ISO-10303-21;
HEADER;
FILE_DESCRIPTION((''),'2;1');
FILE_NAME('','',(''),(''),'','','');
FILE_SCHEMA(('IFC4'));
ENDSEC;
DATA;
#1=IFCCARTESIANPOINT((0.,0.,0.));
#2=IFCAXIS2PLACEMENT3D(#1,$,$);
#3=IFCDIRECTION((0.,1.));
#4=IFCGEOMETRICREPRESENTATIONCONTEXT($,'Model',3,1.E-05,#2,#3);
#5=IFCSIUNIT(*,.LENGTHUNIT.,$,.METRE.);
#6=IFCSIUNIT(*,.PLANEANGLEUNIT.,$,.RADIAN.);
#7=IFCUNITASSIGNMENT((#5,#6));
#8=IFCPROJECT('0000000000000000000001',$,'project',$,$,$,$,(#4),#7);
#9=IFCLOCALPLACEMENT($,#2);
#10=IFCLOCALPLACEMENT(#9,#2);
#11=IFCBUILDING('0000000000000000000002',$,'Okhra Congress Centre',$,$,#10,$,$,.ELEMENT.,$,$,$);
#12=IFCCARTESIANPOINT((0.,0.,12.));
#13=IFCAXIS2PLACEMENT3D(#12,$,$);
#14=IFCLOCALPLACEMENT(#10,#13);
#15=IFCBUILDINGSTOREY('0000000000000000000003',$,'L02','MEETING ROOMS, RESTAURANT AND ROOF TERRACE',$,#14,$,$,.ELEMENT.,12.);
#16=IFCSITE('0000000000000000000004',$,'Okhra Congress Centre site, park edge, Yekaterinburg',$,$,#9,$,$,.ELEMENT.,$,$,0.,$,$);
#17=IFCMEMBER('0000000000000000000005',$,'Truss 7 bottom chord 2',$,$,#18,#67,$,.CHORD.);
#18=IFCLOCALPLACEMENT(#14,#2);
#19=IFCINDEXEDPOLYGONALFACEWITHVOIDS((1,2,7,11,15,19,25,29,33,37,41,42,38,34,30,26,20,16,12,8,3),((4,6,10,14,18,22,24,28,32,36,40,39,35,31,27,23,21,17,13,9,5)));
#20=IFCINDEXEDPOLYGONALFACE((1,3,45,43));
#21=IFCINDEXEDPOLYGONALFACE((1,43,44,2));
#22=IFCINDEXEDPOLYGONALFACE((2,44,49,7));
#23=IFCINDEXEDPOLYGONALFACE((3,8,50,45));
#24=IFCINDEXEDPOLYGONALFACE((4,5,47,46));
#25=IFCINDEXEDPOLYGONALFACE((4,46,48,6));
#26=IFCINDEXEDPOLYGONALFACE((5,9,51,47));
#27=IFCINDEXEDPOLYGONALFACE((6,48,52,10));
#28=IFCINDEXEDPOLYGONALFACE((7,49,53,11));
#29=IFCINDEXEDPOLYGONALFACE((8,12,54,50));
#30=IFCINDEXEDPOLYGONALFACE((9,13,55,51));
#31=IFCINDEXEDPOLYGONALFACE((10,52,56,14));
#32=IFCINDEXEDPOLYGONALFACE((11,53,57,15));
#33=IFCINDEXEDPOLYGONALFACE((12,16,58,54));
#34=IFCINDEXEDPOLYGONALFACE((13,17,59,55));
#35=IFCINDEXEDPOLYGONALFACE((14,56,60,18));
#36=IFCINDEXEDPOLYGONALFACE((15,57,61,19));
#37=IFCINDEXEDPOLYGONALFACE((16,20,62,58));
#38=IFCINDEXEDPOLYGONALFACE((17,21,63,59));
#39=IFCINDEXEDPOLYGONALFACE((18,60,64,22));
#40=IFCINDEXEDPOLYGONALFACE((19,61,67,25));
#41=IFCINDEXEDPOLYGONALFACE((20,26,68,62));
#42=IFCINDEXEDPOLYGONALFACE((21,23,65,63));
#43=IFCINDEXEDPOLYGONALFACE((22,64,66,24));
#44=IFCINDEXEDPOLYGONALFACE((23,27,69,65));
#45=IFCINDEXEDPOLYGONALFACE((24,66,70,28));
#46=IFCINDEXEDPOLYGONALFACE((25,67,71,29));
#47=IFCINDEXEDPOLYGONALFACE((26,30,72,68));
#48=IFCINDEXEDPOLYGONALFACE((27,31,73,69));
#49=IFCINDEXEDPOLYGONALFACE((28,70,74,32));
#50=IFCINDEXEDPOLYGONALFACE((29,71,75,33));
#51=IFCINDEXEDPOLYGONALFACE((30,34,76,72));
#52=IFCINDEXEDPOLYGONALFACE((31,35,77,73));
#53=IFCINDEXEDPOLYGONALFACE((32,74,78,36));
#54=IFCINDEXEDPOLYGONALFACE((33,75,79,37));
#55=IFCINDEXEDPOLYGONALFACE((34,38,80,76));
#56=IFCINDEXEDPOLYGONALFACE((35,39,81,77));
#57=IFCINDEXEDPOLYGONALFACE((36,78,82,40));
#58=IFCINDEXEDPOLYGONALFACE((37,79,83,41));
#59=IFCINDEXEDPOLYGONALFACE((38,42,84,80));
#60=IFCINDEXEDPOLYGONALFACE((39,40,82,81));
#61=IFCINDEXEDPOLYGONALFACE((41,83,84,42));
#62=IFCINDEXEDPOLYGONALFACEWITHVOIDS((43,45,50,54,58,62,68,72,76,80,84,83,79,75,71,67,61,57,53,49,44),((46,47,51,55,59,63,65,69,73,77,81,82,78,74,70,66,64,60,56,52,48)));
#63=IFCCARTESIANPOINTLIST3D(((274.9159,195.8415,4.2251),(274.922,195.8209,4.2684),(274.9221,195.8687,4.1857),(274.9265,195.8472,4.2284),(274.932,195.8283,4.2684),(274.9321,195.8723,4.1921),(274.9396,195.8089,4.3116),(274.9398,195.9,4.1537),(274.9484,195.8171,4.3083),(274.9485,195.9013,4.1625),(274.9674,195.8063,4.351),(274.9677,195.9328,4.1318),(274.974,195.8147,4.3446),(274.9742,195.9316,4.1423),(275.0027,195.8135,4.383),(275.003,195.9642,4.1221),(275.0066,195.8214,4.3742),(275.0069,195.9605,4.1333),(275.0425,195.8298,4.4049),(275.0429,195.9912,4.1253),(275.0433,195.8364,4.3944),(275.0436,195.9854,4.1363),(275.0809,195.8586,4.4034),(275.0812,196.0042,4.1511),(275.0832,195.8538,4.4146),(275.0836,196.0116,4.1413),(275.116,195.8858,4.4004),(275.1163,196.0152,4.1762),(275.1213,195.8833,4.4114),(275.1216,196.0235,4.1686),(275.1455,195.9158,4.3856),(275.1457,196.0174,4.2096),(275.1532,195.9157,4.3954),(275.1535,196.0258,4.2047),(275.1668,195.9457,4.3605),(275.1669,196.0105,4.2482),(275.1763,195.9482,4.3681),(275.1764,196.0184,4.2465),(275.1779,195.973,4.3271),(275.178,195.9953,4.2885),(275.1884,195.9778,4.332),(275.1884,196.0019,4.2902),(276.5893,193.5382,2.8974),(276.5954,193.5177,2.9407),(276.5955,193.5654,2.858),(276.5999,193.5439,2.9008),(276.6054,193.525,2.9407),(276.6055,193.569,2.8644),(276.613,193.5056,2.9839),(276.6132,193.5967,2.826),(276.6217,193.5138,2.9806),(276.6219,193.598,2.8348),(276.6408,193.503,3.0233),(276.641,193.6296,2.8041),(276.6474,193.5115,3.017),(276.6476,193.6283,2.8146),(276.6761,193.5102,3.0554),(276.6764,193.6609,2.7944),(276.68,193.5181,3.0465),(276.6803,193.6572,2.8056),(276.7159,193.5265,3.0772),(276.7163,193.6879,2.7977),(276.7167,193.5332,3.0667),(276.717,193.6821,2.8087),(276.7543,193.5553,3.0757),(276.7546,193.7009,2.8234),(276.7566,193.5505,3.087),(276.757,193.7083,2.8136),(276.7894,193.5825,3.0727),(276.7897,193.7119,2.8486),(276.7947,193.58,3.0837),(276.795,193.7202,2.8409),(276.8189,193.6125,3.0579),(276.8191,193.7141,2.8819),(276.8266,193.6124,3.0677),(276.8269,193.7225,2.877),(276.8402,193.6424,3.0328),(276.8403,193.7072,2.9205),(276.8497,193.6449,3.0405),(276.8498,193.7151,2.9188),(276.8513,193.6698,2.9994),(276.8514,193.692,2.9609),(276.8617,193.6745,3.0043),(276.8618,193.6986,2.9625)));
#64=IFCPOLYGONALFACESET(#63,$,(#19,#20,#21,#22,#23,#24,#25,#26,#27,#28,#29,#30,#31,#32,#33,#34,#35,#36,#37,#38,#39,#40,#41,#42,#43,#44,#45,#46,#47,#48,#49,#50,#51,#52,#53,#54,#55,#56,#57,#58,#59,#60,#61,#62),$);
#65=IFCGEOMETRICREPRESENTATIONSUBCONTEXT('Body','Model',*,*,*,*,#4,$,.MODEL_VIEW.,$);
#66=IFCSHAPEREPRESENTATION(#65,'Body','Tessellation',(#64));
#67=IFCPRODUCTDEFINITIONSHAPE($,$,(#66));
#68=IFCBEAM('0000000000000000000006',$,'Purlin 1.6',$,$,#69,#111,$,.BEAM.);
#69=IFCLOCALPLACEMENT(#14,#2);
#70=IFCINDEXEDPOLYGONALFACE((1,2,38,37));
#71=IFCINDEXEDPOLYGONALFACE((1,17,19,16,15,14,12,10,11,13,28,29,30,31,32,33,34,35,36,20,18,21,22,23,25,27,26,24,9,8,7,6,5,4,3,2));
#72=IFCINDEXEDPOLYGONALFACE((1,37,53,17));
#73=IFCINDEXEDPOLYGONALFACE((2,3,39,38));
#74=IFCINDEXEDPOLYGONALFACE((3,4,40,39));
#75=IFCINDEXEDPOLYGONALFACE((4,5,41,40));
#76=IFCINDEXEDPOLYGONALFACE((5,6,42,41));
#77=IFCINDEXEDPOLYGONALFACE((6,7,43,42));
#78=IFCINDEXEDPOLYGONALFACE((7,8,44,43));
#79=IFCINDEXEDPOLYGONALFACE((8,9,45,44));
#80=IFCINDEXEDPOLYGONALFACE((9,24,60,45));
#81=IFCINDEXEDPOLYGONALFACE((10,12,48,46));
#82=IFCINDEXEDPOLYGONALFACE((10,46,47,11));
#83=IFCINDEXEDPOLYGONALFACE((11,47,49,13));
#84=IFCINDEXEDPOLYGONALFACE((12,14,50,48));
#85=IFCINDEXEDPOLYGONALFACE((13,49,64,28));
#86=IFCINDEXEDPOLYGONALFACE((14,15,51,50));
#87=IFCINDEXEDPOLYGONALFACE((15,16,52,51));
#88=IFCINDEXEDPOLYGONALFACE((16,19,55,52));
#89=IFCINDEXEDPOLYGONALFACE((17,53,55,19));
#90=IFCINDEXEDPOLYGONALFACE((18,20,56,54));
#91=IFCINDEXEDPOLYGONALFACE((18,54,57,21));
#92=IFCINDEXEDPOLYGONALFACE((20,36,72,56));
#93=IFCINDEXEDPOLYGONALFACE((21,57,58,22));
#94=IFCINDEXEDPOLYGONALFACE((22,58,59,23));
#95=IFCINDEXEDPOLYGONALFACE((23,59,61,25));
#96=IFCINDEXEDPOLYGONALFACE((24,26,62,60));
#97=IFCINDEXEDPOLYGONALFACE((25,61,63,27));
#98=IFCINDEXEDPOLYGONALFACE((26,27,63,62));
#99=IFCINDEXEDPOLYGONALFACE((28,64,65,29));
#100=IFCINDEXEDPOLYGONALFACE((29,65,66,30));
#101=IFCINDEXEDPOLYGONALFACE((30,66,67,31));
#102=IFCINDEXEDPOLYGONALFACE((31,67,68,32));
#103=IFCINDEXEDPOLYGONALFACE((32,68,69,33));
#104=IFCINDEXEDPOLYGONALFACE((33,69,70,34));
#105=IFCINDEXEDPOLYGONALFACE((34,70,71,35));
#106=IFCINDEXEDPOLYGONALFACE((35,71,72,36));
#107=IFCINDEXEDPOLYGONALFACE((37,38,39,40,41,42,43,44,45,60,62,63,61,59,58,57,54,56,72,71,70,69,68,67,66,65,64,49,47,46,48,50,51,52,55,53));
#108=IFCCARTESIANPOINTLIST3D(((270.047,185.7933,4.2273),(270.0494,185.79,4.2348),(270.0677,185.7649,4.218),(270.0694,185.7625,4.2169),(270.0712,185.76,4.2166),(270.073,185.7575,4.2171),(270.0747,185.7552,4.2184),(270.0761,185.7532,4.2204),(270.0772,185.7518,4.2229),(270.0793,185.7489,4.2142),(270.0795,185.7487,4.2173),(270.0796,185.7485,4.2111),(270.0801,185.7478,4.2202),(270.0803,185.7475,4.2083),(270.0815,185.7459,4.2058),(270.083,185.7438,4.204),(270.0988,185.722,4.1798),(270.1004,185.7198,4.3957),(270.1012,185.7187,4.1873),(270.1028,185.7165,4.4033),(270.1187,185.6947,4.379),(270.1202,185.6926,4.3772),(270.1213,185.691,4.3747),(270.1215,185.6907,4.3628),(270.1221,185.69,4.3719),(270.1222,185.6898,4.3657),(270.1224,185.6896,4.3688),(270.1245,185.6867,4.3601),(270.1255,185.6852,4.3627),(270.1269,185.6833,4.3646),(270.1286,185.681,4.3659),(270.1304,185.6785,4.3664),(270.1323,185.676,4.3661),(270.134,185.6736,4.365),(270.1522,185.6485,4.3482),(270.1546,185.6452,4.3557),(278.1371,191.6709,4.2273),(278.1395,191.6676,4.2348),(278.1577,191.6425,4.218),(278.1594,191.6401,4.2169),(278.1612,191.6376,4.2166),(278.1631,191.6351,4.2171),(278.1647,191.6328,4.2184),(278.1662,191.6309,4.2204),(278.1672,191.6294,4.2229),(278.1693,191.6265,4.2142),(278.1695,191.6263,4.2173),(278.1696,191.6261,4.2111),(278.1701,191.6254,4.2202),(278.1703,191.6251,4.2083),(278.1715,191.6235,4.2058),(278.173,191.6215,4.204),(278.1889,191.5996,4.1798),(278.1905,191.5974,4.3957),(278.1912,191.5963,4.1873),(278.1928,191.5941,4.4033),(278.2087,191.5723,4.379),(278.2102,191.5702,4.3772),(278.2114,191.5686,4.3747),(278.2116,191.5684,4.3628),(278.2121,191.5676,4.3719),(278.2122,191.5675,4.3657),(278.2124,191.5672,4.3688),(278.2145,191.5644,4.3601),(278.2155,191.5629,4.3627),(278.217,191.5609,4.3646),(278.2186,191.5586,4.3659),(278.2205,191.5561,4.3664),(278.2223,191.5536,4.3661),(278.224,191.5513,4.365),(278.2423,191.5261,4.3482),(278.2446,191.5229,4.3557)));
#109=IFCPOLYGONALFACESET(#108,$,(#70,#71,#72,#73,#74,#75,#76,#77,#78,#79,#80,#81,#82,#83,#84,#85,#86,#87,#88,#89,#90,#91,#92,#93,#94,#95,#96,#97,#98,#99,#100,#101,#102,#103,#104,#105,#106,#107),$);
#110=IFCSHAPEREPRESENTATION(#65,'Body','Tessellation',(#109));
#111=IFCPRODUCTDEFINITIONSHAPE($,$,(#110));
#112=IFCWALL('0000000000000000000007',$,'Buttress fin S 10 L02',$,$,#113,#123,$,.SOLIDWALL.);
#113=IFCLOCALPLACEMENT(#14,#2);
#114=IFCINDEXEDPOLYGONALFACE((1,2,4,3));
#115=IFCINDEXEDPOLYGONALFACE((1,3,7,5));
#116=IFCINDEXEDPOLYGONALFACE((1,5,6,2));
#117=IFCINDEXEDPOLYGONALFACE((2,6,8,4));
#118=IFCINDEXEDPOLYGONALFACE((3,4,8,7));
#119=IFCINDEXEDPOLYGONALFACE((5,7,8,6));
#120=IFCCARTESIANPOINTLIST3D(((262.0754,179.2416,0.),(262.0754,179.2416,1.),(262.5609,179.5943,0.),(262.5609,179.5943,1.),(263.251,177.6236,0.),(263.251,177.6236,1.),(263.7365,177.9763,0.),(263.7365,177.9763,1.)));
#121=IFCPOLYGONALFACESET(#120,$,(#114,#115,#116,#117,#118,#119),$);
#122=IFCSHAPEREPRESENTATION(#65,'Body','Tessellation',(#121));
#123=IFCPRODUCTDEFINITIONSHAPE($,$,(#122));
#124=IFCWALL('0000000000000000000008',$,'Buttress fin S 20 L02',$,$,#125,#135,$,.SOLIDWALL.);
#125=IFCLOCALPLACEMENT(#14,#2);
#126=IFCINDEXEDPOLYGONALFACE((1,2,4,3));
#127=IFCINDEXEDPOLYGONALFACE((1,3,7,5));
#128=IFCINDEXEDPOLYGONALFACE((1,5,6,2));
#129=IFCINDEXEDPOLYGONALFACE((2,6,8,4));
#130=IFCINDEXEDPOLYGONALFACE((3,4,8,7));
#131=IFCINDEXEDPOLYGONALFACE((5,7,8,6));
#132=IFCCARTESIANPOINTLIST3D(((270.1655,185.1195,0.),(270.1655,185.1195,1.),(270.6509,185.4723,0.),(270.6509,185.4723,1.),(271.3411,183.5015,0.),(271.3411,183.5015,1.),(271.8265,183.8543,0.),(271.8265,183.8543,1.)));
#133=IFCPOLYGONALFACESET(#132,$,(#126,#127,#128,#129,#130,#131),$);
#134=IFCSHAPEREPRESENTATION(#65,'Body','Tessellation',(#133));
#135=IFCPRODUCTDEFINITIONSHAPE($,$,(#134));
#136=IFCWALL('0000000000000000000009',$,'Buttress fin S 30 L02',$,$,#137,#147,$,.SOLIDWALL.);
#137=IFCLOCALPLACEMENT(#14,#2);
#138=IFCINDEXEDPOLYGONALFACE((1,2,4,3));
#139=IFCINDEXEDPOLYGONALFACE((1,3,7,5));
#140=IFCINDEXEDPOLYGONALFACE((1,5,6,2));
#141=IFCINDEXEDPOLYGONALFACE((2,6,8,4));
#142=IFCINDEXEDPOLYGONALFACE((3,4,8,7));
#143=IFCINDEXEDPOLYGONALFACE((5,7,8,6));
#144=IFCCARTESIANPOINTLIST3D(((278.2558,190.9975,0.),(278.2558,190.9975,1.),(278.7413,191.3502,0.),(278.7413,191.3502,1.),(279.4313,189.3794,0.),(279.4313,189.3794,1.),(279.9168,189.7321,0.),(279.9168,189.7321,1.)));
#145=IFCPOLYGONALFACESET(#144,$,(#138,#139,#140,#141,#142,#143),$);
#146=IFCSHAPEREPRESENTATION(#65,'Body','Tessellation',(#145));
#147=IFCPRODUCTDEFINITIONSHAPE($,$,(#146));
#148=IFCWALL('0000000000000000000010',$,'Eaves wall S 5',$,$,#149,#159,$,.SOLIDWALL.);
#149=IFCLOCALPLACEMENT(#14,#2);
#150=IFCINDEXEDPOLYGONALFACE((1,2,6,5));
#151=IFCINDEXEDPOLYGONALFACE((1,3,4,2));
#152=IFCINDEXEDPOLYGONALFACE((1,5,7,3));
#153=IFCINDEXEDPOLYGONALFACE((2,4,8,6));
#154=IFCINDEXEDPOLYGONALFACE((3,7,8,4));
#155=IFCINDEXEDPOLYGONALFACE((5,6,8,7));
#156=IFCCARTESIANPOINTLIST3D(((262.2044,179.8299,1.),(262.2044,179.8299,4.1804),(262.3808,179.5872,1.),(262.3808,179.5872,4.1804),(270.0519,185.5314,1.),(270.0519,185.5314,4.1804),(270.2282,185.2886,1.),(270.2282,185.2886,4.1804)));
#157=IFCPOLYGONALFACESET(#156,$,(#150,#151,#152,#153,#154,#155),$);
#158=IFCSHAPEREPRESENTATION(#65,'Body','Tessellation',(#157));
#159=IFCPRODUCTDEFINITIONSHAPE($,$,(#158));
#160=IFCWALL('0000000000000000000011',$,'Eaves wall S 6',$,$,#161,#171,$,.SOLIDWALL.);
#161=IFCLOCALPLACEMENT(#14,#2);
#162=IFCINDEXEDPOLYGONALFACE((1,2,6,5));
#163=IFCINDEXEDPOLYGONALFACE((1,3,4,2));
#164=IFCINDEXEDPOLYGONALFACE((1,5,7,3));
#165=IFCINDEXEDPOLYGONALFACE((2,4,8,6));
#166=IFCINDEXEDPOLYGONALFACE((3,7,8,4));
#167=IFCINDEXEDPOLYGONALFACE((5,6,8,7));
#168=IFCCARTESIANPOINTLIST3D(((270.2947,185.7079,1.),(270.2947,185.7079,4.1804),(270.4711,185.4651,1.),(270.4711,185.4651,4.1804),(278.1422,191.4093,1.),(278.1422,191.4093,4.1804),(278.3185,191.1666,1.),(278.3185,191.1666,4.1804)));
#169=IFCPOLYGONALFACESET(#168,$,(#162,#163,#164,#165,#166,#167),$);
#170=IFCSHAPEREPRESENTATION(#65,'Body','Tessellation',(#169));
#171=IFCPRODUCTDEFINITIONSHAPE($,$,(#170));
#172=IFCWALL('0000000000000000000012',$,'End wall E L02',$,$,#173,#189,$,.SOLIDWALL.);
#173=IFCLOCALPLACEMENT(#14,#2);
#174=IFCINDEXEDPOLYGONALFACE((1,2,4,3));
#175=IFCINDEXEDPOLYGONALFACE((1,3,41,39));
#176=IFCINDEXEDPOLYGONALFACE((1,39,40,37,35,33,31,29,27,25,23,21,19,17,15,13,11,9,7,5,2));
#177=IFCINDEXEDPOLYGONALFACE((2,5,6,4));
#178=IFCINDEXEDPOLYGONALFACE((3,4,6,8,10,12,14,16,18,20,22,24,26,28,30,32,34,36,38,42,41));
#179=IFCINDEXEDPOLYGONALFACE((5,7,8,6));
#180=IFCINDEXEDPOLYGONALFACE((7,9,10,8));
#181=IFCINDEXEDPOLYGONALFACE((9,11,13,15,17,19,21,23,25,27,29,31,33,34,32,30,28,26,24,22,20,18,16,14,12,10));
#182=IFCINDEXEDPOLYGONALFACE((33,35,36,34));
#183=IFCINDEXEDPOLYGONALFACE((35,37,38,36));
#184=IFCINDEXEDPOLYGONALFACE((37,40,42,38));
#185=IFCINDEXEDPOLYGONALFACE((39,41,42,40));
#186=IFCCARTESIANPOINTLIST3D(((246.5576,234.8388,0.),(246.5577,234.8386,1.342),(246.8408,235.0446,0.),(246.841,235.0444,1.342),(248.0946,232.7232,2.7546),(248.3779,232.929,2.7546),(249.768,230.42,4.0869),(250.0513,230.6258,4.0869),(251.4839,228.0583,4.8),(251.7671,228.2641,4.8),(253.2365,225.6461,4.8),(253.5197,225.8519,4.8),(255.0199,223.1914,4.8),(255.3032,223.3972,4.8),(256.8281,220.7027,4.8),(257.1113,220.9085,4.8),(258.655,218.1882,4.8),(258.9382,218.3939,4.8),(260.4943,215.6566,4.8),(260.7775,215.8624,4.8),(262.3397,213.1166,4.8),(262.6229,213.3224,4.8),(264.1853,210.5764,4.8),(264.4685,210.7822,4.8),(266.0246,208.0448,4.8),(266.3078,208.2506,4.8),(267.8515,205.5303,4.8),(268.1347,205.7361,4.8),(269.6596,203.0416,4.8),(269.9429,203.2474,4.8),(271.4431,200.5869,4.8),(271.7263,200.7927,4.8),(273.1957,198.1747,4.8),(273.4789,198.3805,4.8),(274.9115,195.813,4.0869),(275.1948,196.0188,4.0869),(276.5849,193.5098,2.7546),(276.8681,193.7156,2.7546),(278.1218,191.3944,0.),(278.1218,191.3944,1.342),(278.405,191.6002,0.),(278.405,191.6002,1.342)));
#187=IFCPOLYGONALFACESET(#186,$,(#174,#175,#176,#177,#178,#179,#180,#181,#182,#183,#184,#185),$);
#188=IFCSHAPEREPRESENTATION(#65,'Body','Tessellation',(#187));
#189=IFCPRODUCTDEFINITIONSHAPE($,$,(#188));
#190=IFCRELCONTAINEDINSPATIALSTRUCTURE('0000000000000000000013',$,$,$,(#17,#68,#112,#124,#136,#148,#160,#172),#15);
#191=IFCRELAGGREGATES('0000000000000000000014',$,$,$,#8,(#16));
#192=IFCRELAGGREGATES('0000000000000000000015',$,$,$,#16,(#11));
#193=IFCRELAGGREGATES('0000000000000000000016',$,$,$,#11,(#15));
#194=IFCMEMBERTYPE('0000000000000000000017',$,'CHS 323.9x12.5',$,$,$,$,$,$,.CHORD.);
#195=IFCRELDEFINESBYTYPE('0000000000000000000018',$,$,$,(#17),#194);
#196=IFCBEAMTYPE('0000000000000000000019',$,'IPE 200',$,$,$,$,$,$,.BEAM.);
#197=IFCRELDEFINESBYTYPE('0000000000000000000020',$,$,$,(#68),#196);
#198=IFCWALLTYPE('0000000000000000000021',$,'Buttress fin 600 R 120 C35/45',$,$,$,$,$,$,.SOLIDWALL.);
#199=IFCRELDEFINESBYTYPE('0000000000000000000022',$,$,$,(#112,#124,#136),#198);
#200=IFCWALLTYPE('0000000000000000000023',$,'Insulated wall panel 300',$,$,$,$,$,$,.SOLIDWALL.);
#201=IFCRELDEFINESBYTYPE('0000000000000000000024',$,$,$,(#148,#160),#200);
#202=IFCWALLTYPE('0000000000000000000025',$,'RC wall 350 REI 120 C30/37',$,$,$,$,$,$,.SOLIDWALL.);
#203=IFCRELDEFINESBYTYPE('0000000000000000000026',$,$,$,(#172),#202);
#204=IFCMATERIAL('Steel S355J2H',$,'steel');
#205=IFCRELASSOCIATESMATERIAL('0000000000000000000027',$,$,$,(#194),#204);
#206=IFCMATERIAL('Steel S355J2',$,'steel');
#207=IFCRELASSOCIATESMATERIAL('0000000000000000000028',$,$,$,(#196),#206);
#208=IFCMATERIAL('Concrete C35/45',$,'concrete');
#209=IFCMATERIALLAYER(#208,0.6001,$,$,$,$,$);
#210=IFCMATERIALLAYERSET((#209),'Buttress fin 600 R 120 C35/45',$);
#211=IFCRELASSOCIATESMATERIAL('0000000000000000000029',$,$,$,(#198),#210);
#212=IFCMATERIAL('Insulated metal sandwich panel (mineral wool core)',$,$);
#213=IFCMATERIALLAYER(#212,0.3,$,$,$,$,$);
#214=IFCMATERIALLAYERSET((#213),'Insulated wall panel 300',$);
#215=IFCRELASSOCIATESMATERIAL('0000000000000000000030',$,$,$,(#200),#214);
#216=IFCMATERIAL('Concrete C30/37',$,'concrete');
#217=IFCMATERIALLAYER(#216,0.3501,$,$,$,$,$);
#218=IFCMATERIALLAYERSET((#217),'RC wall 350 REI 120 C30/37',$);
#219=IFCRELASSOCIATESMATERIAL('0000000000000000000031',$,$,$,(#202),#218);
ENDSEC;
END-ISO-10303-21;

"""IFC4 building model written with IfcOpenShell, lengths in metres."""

from ifc_helpers import new_model, si_unit, direction, frame, frame_2d, origin, origin_2d, place, context, subcontext, project, spatial, polyline, rectangle, hollow_circle, i_section, outline, extrude, material, layer, layer_set, material_profile, profile_set, type_object, element, save


model = new_model("IFC4")

# Units and contexts
model_context = context("Model", 3, precision=1e-05, world=origin(), true_north=direction((0.0, 1.0)))
body_context = subcontext(model_context, "Body", "Model", "MODEL_VIEW")
ifc_project = project(units=[si_unit("LENGTHUNIT", "METRE"), si_unit("PLANEANGLEUNIT", "RADIAN")], contexts=[model_context])

# Site, building, storey
site_placement = place(None, origin())
site = spatial("IfcSite", under=ifc_project, at=site_placement, Name="Okhra Congress Centre site, park edge, Yekaterinburg", CompositionType="ELEMENT", RefElevation=0.0)
building_placement = place(site_placement, origin())
building = spatial("IfcBuilding", under=site, at=building_placement, Name="Okhra Congress Centre", CompositionType="ELEMENT")
storey_placement = place(building_placement, frame((0.0, 0.0, 12.0)))
storey = spatial("IfcBuildingStorey", under=building, at=storey_placement, Name="L02", Description="MEETING ROOMS, RESTAURANT AND ROOF TERRACE", CompositionType="ELEMENT", Elevation=12.0)

# Shared definitions
ifc_material_1 = material(Name="Steel S355J2H", Category="steel")

# Member
ifc_material_profile_1 = material_profile(ifc_material_1, hollow_circle(Radius=0.1619, WallThickness=0.0125, at=origin_2d()), Name="CHS 323.9x12.5")
ifc_profile_set_1 = profile_set([ifc_material_profile_1], Name="Steel S355J2H")
member_type_1 = type_object("IfcMemberType", Name="CHS 323.9x12.5", PredefinedType="CHORD", material=ifc_profile_set_1)
member_1_placement = place(storey_placement, frame((276.7263, 193.6128, 2.9407), z_axis=(-0.532697, 0.733216, 0.422645), x_axis=(-0.809025, -0.587774, 0.0)))
element("IfcMember", 1, at=member_1_placement, inside=storey, type_object=member_type_1, Name="Truss 7 bottom chord 2", PredefinedType="CHORD", context=body_context, shape_type="SweptSolid", body=[
    extrude(hollow_circle(Radius=0.1619, WallThickness=0.0125, at=origin_2d()), origin(), (0.0, 0.0, 1.0), 3.1414),
])

# Beam
ifc_material_2 = material(Name="Steel S355J2", Category="steel")
ifc_material_profile_2 = material_profile(ifc_material_2, i_section(OverallWidth=0.1001, OverallDepth=0.2, WebThickness=0.0056, FlangeThickness=0.0085, FilletRadius=0.012, at=origin_2d()), Name="IPE 200")
ifc_profile_set_2 = profile_set([ifc_material_profile_2], Name="Steel S355J2")
beam_type = type_object("IfcBeamType", Name="IPE 200", PredefinedType="BEAM", material=ifc_profile_set_2)
beam_placement = place(storey_placement, frame((270.1008, 185.7192, 4.2915), z_axis=(0.809022, 0.587778, 0.0), x_axis=(-0.517363, 0.712102, 0.4746)))
element("IfcBeam", 2, at=beam_placement, inside=storey, type_object=beam_type, Name="Purlin 1.6", PredefinedType="BEAM", context=body_context, shape_type="SweptSolid", body=[
    extrude(i_section(OverallWidth=0.1001, OverallDepth=0.2, WebThickness=0.0056, FlangeThickness=0.0085, FilletRadius=0.012, at=origin_2d()), origin(), (0.0, 0.0, 1.0), 9.9998),
])

# Walls
ifc_material_3 = material(Name="Concrete C35/45", Category="concrete")
ifc_layer_1 = layer(ifc_material_3, 0.6001)
ifc_layer_set_1 = layer_set([ifc_layer_1], Name="Buttress fin 600 R 120 C35/45")
wall_type_1 = type_object("IfcWallType", Name="Buttress fin 600 R 120 C35/45", PredefinedType="SOLIDWALL", material=ifc_layer_set_1)
for number, where, z_axis, x_axis, name in (
    (3, (262.3181, 179.418, 0.0), (0.0, 0.0, 1.0), (0.587801, -0.809005, 0.0), "Buttress fin S 10 L02"),
    (4, (270.4082, 185.2959, 0.0), (0.0, 0.0, 1.0), (0.587801, -0.809005, 0.0), "Buttress fin S 20 L02"),
    (5, (278.4985, 191.1738, 0.0), (0.0, 0.0, 1.0), (0.587743, -0.809047, 0.0), "Buttress fin S 30 L02"),
):
    element("IfcWall", number, at=place(storey_placement, frame(where, z_axis=z_axis, x_axis=x_axis)), inside=storey, type_object=wall_type_1, Name=name, PredefinedType="SOLIDWALL", context=body_context, shape_type="SweptSolid", body=[
        extrude(rectangle(XDim=2.0, YDim=0.6001, at=frame_2d((1.0, 0.0))), origin(), (0.0, 0.0, 1.0), 1.0),
    ])
ifc_material_4 = material(Name="Insulated metal sandwich panel (mineral wool core)")
ifc_layer_2 = layer(ifc_material_4, 0.3)
ifc_layer_set_2 = layer_set([ifc_layer_2], Name="Insulated wall panel 300")
wall_type_2 = type_object("IfcWallType", Name="Insulated wall panel 300", PredefinedType="SOLIDWALL", material=ifc_layer_set_2)
for number, where, z_axis, x_axis, name in (
    (6, (262.2925, 179.7085, 1.0), (0.0, 0.0, 1.0), (0.80902, 0.587781, 0.0), "Eaves wall S 5"),
    (7, (270.3828, 185.5864, 1.0), (0.0, 0.0, 1.0), (0.80902, 0.587781, 0.0), "Eaves wall S 6"),
):
    element("IfcWall", number, at=place(storey_placement, frame(where, z_axis=z_axis, x_axis=x_axis)), inside=storey, type_object=wall_type_2, Name=name, PredefinedType="SOLIDWALL", context=body_context, shape_type="SweptSolid", body=[
        extrude(rectangle(XDim=9.7, YDim=0.3, at=frame_2d((4.8501, 0.0))), origin(), (0.0, 0.0, 1.0), 3.1804),
    ])
ifc_material_5 = material(Name="Concrete C30/37", Category="concrete")
ifc_layer_3 = layer(ifc_material_5, 0.3501)
ifc_layer_set_3 = layer_set([ifc_layer_3], Name="RC wall 350 REI 120 C30/37")
wall_type_3 = type_object("IfcWallType", Name="RC wall 350 REI 120 C30/37", PredefinedType="SOLIDWALL", material=ifc_layer_set_3)
wall_1_placement = place(storey_placement, frame((278.2634, 191.4973, 0.0), z_axis=(0.0, 0.0, 1.0), x_axis=(-0.587786, 0.809017, 0.0)))
element("IfcWall", 8, at=wall_1_placement, inside=storey, type_object=wall_type_3, Name="End wall E L02", PredefinedType="SOLIDWALL", context=body_context, shape_type="SweptSolid", body=[
    extrude(outline(polyline([(0.0, 0.0), (53.7002, 0.0), (53.7, 1.342), (51.0852, 2.7546), (48.2383, 4.0869), (45.3191, 4.8), (42.3374, 4.8), (39.3032, 4.8), (36.2271, 4.8), (33.1189, 4.8), (29.9897, 4.8), (26.8501, 4.8), (23.7102, 4.8), (20.5811, 4.8), (17.4729, 4.8), (14.3967, 4.8), (11.3625, 4.8), (8.3809, 4.8), (5.4617, 4.0869), (2.6147, 2.7546), (0.0, 1.342), (0.0, 0.0)])), frame((0.0, 0.175, 0.0), z_axis=(0.0, -1.0, 0.0), x_axis=(1.0, 0.0, 0.0)), (0.0, 0.0, 1.0), 0.3501),
])

save(model, "model.ifc")
